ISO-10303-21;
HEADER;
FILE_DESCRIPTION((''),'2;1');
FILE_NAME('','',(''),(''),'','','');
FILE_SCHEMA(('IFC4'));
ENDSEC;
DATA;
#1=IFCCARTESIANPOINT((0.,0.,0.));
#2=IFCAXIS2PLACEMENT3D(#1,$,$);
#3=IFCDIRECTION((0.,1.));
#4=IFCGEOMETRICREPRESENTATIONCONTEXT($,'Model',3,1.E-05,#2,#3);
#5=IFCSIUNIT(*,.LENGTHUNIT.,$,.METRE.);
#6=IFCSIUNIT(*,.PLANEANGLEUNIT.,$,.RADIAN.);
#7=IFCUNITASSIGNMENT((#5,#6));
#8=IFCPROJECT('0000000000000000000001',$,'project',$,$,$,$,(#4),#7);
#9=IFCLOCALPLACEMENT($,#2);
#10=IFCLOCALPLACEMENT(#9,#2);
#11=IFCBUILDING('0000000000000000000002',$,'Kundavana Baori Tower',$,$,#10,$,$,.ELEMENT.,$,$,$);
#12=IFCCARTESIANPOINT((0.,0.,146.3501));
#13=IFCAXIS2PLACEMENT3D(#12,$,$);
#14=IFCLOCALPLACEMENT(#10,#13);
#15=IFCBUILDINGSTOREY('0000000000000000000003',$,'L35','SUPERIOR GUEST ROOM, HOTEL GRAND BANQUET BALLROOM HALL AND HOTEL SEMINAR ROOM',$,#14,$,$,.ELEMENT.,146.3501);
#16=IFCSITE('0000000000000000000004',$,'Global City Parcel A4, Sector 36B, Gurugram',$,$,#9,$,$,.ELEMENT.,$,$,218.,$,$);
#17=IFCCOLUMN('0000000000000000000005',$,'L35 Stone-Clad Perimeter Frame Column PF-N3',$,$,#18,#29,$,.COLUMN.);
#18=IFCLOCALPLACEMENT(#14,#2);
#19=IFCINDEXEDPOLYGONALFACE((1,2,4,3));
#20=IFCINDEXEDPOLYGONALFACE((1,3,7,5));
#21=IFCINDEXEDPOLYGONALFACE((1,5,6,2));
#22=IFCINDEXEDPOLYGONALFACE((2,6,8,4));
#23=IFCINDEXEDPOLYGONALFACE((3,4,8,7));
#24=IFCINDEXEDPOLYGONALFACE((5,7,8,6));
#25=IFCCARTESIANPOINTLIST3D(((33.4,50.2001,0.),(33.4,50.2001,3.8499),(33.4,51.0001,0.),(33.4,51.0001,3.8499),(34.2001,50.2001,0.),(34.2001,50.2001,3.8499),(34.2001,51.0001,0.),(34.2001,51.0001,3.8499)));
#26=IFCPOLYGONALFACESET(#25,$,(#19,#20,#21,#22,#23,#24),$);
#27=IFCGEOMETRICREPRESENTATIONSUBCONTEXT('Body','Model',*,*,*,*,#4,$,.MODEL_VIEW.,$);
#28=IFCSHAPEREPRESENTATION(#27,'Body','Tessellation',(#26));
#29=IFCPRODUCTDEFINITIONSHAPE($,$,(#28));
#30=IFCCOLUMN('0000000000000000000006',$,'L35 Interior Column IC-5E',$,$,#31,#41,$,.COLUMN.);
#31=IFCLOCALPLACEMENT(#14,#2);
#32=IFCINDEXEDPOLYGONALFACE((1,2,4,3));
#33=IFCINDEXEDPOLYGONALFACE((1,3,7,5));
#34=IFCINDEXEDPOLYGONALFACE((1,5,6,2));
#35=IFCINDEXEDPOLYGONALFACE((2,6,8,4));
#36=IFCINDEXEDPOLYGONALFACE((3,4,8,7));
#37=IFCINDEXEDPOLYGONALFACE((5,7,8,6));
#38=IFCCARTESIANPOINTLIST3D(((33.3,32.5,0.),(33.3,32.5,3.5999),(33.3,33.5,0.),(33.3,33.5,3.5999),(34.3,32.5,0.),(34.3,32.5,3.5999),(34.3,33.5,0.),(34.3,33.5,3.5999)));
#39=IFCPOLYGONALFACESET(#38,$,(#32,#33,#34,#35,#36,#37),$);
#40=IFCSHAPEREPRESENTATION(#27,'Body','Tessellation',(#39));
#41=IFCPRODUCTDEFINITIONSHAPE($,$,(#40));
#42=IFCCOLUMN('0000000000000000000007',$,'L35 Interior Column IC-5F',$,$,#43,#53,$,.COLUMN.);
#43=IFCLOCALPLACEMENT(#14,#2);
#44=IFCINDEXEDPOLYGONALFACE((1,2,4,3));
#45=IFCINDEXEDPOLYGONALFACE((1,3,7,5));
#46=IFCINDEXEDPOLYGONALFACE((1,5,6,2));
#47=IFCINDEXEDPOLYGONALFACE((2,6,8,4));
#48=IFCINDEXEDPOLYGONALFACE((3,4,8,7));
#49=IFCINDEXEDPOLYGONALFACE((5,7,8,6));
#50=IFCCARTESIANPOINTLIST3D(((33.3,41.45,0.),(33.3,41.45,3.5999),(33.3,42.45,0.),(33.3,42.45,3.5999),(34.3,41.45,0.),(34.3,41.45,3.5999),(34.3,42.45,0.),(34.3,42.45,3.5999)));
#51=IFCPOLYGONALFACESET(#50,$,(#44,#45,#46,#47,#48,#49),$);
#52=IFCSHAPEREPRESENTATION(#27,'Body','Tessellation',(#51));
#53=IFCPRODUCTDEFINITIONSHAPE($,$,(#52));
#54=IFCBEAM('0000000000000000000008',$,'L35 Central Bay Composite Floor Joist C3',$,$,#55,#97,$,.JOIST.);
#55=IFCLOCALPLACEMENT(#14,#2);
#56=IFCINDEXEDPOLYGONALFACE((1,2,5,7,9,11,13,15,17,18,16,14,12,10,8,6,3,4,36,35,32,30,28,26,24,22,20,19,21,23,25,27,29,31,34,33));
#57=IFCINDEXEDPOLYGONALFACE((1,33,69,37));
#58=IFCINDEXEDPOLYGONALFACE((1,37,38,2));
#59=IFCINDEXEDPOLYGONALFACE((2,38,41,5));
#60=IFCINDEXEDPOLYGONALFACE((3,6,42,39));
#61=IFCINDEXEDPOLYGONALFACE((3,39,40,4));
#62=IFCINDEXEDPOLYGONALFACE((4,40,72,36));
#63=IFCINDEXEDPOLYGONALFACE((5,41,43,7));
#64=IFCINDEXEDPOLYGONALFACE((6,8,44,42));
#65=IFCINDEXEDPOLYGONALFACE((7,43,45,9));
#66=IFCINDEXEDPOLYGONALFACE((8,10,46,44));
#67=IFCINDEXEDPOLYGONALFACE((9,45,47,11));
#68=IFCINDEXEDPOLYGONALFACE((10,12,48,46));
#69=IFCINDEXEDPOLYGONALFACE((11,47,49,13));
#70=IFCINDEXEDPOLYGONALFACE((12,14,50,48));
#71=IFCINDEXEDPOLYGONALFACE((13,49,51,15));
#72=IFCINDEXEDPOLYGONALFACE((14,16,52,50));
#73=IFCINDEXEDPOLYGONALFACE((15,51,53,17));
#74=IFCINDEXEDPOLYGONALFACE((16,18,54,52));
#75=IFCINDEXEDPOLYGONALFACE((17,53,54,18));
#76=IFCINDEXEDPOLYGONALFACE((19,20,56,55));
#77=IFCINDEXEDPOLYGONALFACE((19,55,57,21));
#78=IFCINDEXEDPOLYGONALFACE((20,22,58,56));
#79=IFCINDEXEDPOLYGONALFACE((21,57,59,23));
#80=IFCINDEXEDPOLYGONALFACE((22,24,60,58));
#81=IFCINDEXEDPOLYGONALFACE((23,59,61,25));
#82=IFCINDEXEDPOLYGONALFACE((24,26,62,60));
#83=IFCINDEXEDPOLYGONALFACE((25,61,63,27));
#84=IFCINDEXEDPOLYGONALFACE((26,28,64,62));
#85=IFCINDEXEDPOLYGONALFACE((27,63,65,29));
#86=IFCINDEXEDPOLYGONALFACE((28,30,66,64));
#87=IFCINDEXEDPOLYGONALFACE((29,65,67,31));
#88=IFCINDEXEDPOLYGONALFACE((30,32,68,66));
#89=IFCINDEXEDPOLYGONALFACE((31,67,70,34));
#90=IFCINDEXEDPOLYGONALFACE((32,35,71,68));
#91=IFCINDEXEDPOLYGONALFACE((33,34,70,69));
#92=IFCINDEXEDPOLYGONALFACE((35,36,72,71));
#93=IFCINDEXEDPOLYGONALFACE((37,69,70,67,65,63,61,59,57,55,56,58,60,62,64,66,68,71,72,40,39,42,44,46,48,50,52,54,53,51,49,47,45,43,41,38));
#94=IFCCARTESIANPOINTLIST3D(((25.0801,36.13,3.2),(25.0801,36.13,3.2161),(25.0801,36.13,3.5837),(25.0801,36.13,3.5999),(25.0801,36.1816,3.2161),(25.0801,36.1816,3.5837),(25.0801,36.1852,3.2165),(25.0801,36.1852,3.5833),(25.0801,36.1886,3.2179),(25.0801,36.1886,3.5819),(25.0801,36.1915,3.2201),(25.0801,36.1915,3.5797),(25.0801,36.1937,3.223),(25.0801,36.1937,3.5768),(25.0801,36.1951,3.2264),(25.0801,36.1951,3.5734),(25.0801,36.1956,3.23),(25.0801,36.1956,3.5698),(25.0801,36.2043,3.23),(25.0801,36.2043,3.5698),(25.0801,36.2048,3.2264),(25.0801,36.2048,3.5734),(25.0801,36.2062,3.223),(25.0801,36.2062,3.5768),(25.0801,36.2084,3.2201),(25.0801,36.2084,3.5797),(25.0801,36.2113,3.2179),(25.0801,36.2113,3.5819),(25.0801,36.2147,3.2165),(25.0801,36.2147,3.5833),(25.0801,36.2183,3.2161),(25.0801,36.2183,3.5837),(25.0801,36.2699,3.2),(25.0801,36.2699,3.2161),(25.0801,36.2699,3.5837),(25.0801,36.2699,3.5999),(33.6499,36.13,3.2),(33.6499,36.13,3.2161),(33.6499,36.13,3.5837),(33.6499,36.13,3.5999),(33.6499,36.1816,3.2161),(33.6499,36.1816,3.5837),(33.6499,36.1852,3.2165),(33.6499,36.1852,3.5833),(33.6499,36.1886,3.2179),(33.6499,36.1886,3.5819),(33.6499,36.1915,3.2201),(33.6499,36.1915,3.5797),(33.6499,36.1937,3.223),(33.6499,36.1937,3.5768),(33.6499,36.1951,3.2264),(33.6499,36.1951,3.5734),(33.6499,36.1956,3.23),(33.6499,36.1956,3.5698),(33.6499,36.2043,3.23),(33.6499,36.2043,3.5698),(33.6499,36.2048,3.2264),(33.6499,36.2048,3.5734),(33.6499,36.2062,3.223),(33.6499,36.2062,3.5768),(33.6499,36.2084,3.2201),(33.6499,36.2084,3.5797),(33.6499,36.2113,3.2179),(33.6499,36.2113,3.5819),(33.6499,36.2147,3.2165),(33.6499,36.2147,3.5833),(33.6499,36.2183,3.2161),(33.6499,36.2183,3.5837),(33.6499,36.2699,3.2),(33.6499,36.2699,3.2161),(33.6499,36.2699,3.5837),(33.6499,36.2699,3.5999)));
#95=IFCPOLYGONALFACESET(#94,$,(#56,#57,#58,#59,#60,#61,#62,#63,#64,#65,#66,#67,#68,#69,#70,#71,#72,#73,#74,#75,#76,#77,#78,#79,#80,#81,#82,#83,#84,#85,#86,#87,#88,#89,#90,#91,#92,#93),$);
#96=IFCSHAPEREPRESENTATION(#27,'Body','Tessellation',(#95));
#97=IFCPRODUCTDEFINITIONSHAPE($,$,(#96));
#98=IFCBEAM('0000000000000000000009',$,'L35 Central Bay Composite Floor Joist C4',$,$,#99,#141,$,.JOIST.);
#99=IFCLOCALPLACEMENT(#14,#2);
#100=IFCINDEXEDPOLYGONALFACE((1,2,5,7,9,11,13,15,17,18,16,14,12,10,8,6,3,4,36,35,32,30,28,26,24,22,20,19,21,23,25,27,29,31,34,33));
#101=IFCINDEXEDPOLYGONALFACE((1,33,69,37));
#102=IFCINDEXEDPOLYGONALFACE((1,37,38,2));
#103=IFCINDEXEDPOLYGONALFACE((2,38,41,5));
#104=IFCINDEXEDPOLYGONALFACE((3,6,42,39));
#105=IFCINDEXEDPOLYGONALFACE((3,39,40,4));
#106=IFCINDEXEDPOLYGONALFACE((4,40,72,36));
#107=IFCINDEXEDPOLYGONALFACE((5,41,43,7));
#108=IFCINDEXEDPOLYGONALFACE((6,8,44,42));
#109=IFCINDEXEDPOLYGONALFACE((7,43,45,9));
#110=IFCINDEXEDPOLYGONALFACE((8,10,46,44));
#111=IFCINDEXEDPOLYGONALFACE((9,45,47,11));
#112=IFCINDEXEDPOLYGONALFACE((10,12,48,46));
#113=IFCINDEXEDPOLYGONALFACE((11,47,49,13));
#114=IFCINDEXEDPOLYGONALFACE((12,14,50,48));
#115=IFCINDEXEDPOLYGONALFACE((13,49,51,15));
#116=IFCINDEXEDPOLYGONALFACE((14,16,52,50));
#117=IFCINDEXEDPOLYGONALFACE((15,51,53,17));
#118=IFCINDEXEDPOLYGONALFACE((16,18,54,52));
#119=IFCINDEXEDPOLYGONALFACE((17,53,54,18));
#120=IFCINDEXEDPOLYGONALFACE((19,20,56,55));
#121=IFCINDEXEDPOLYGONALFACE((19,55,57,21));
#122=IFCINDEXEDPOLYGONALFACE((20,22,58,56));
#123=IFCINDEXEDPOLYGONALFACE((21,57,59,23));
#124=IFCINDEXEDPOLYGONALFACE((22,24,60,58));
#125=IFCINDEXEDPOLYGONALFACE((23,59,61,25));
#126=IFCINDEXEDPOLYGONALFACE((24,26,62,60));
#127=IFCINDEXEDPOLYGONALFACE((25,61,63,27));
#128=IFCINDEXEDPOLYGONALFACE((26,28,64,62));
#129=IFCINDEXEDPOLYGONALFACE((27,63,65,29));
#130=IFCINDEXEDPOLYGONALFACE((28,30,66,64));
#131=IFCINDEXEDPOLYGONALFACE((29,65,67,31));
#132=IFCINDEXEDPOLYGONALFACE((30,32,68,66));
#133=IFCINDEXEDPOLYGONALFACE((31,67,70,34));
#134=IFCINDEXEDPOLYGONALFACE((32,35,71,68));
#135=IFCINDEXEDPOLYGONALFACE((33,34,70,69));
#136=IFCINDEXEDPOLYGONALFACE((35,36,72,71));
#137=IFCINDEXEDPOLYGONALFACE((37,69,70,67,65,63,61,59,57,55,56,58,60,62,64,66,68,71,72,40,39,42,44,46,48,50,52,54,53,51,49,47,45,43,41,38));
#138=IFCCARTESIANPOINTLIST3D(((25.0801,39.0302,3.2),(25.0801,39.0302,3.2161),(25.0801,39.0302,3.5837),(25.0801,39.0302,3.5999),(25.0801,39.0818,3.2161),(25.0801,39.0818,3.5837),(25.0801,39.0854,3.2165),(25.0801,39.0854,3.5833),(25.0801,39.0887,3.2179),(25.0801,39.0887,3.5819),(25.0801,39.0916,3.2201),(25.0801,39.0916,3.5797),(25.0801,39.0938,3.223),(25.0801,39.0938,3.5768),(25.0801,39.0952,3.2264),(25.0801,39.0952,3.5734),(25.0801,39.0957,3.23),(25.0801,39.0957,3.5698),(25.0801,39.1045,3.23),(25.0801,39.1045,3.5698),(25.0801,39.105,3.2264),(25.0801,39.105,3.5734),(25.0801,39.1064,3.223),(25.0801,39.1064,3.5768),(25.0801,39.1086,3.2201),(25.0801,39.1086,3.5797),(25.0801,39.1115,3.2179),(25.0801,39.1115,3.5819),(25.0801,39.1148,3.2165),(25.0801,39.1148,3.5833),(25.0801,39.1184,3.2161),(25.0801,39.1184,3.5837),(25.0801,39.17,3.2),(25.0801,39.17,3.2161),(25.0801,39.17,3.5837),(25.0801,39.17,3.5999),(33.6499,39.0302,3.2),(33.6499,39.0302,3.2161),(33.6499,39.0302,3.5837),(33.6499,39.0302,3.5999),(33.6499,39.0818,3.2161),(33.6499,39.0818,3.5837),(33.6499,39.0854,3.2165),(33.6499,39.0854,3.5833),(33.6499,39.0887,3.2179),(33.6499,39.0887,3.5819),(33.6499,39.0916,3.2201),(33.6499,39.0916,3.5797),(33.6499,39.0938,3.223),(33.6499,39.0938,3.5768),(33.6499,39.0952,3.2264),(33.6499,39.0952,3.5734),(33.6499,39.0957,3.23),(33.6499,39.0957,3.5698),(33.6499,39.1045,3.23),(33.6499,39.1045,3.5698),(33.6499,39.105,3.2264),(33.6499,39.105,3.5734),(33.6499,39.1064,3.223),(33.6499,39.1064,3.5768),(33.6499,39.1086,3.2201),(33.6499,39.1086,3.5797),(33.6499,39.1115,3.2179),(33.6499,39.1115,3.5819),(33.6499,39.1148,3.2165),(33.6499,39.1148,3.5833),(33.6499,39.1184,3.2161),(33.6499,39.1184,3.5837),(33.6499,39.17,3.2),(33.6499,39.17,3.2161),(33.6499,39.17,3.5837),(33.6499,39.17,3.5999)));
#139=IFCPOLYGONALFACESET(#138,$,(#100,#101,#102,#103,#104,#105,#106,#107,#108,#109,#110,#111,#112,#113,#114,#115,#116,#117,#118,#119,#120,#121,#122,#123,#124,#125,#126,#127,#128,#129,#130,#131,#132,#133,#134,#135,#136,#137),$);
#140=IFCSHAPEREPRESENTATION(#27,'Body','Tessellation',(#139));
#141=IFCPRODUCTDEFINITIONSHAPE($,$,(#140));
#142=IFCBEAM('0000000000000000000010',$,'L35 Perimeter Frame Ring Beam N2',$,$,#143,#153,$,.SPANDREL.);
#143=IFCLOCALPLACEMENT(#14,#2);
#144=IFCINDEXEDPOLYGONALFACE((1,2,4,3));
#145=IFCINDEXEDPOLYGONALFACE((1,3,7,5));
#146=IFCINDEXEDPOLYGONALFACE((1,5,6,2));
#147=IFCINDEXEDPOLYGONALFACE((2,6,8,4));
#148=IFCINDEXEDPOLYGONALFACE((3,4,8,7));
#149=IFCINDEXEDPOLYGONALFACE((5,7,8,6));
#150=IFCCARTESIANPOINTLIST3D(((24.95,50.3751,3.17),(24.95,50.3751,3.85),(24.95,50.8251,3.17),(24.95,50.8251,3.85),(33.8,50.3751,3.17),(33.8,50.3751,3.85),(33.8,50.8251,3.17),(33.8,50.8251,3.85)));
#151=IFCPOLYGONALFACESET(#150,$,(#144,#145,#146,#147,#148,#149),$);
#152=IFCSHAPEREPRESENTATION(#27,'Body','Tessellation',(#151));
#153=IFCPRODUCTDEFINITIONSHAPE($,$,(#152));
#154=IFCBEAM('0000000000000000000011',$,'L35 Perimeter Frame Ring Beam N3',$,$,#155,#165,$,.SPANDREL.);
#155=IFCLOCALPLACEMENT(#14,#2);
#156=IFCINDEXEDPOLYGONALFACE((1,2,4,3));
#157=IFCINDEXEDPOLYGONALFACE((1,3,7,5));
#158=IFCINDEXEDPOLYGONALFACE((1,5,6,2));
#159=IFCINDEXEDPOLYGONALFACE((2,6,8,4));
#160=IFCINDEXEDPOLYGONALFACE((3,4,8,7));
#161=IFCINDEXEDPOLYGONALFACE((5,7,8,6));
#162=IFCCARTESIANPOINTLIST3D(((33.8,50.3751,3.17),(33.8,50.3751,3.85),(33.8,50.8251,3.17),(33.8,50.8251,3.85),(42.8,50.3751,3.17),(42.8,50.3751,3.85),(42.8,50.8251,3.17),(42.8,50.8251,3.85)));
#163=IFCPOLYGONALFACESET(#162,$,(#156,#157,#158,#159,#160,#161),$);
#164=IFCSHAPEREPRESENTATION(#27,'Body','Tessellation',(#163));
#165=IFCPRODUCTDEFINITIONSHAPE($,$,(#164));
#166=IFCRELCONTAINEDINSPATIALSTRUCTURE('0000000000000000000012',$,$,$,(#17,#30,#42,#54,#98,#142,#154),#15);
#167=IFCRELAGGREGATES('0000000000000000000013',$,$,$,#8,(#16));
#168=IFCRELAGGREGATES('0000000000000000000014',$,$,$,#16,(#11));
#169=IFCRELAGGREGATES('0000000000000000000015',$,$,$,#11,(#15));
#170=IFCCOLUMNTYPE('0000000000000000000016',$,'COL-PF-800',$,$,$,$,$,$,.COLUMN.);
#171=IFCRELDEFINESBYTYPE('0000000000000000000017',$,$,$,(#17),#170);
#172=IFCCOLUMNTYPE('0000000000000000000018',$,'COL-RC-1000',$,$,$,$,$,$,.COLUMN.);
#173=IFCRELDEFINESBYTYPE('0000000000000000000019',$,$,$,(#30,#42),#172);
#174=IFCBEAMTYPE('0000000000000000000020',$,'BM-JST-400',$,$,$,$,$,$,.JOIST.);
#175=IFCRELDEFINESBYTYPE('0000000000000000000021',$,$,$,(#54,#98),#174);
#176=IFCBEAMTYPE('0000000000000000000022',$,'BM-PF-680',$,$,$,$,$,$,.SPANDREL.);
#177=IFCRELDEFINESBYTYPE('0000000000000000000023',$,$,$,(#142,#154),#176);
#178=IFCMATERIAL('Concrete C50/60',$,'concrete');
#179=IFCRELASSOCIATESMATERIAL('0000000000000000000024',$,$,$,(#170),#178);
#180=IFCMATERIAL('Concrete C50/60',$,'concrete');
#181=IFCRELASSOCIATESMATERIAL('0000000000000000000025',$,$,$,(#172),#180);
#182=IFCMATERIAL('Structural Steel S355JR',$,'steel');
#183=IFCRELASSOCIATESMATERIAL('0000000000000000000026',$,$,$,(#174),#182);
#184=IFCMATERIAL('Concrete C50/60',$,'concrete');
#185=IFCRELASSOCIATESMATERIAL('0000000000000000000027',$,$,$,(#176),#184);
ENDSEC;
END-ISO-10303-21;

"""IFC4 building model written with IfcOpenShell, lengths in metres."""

from ifc_helpers import new_model, si_unit, direction, frame, origin, origin_2d, place, context, subcontext, project, spatial, rectangle, i_section, extrude, material, material_profile, profile_set, type_object, element, save


model = new_model("IFC4")

# Units and contexts
model_context = context("Model", 3, precision=1e-05, world=origin(), true_north=direction((0.0, 1.0)))
body_context = subcontext(model_context, "Body", "Model", "MODEL_VIEW")
ifc_project = project(units=[si_unit("LENGTHUNIT", "METRE"), si_unit("PLANEANGLEUNIT", "RADIAN")], contexts=[model_context])

# Site, building, storey
site_placement = place(None, origin())
site = spatial("IfcSite", under=ifc_project, at=site_placement, Name="Global City Parcel A4, Sector 36B, Gurugram", CompositionType="ELEMENT", RefElevation=218.0)
building_placement = place(site_placement, origin())
building = spatial("IfcBuilding", under=site, at=building_placement, Name="Kundavana Baori Tower", CompositionType="ELEMENT")
storey_placement = place(building_placement, frame((0.0, 0.0, 146.3501)))
storey = spatial("IfcBuildingStorey", under=building, at=storey_placement, Name="L35", Description="SUPERIOR GUEST ROOM, HOTEL GRAND BANQUET BALLROOM HALL AND HOTEL SEMINAR ROOM", CompositionType="ELEMENT", Elevation=146.3501)

# Columns
ifc_material_1 = material(Name="Concrete C50/60", Category="concrete")
ifc_material_profile_1 = material_profile(ifc_material_1, rectangle(XDim=0.8, YDim=0.8, at=origin_2d()), Name="RC PF 800x800")
ifc_profile_set_1 = profile_set([ifc_material_profile_1], Name="Concrete C50/60")
column_type_1 = type_object("IfcColumnType", Name="COL-PF-800", PredefinedType="COLUMN", material=ifc_profile_set_1)
column_placement = place(storey_placement, frame((33.8, 50.6001, 0.0), z_axis=(0.0, 0.0, 1.0), x_axis=(1.0, 0.0, 0.0)))
element("IfcColumn", 1, at=column_placement, inside=storey, type_object=column_type_1, Name="L35 Stone-Clad Perimeter Frame Column PF-N3", PredefinedType="COLUMN", context=body_context, shape_type="SweptSolid", body=[
    extrude(rectangle(XDim=0.8, YDim=0.8, at=origin_2d()), origin(), (0.0, 0.0, 1.0), 3.8499),
])
ifc_material_2 = material(Name="Concrete C50/60", Category="concrete")
ifc_material_profile_2 = material_profile(ifc_material_2, rectangle(XDim=1.0, YDim=1.0, at=origin_2d()), Name="RC 1000x1000")
ifc_profile_set_2 = profile_set([ifc_material_profile_2], Name="Concrete C50/60")
column_type_2 = type_object("IfcColumnType", Name="COL-RC-1000", PredefinedType="COLUMN", material=ifc_profile_set_2)
for number, where, z_axis, x_axis, name in (
    (2, (33.8, 33.0, 0.0), (0.0, 0.0, 1.0), (1.0, 0.0, 0.0), "L35 Interior Column IC-5E"),
    (3, (33.8, 41.95, 0.0), (0.0, 0.0, 1.0), (1.0, 0.0, 0.0), "L35 Interior Column IC-5F"),
):
    element("IfcColumn", number, at=place(storey_placement, frame(where, z_axis=z_axis, x_axis=x_axis)), inside=storey, type_object=column_type_2, Name=name, PredefinedType="COLUMN", context=body_context, shape_type="SweptSolid", body=[
        extrude(rectangle(XDim=1.0, YDim=1.0, at=origin_2d()), origin(), (0.0, 0.0, 1.0), 3.5999),
    ])

# Beams
ifc_material_3 = material(Name="Structural Steel S355JR", Category="steel")
ifc_material_profile_3 = material_profile(ifc_material_3, i_section(OverallWidth=0.1399, OverallDepth=0.3999, WebThickness=0.0088, FlangeThickness=0.0161, FilletRadius=0.0139, at=origin_2d()), Name="ISMB 400")
ifc_profile_set_3 = profile_set([ifc_material_profile_3], Name="Structural Steel S355JR")
beam_type_1 = type_object("IfcBeamType", Name="BM-JST-400", PredefinedType="JOIST", material=ifc_profile_set_3)
for number, where, z_axis, x_axis, name in (
    (4, (25.0801, 36.2, 3.3999), (1.0, 0.0, 0.0), (0.0, 1.0, 0.0), "L35 Central Bay Composite Floor Joist C3"),
    (5, (25.0801, 39.1001, 3.3999), (1.0, 0.0, 0.0), (0.0, 1.0, 0.0), "L35 Central Bay Composite Floor Joist C4"),
):
    element("IfcBeam", number, at=place(storey_placement, frame(where, z_axis=z_axis, x_axis=x_axis)), inside=storey, type_object=beam_type_1, Name=name, PredefinedType="JOIST", context=body_context, shape_type="SweptSolid", body=[
        extrude(i_section(OverallWidth=0.1399, OverallDepth=0.3999, WebThickness=0.0088, FlangeThickness=0.0161, FilletRadius=0.0139, at=origin_2d()), origin(), (0.0, 0.0, 1.0), 8.5698),
    ])
ifc_material_4 = material(Name="Concrete C50/60", Category="concrete")
ifc_material_profile_4 = material_profile(ifc_material_4, rectangle(XDim=0.45, YDim=0.6799, at=origin_2d()), Name="RC BM 450x680")
ifc_profile_set_4 = profile_set([ifc_material_profile_4], Name="Concrete C50/60")
beam_type_2 = type_object("IfcBeamType", Name="BM-PF-680", PredefinedType="SPANDREL", material=ifc_profile_set_4)
beam_1_placement = place(storey_placement, frame((24.95, 50.6001, 3.51), z_axis=(1.0, 0.0, 0.0), x_axis=(0.0, 1.0, 0.0)))
element("IfcBeam", 6, at=beam_1_placement, inside=storey, type_object=beam_type_2, Name="L35 Perimeter Frame Ring Beam N2", PredefinedType="SPANDREL", context=body_context, shape_type="SweptSolid", body=[
    extrude(rectangle(XDim=0.45, YDim=0.6799, at=origin_2d()), origin(), (0.0, 0.0, 1.0), 8.8501),
])
beam_2_placement = place(storey_placement, frame((33.8, 50.6001, 3.51), z_axis=(1.0, 0.0, 0.0), x_axis=(0.0, 1.0, 0.0)))
element("IfcBeam", 7, at=beam_2_placement, inside=storey, type_object=beam_type_2, Name="L35 Perimeter Frame Ring Beam N3", PredefinedType="SPANDREL", context=body_context, shape_type="SweptSolid", body=[
    extrude(rectangle(XDim=0.45, YDim=0.6799, at=origin_2d()), origin(), (0.0, 0.0, 1.0), 9.0),
])

save(model, "model.ifc")
